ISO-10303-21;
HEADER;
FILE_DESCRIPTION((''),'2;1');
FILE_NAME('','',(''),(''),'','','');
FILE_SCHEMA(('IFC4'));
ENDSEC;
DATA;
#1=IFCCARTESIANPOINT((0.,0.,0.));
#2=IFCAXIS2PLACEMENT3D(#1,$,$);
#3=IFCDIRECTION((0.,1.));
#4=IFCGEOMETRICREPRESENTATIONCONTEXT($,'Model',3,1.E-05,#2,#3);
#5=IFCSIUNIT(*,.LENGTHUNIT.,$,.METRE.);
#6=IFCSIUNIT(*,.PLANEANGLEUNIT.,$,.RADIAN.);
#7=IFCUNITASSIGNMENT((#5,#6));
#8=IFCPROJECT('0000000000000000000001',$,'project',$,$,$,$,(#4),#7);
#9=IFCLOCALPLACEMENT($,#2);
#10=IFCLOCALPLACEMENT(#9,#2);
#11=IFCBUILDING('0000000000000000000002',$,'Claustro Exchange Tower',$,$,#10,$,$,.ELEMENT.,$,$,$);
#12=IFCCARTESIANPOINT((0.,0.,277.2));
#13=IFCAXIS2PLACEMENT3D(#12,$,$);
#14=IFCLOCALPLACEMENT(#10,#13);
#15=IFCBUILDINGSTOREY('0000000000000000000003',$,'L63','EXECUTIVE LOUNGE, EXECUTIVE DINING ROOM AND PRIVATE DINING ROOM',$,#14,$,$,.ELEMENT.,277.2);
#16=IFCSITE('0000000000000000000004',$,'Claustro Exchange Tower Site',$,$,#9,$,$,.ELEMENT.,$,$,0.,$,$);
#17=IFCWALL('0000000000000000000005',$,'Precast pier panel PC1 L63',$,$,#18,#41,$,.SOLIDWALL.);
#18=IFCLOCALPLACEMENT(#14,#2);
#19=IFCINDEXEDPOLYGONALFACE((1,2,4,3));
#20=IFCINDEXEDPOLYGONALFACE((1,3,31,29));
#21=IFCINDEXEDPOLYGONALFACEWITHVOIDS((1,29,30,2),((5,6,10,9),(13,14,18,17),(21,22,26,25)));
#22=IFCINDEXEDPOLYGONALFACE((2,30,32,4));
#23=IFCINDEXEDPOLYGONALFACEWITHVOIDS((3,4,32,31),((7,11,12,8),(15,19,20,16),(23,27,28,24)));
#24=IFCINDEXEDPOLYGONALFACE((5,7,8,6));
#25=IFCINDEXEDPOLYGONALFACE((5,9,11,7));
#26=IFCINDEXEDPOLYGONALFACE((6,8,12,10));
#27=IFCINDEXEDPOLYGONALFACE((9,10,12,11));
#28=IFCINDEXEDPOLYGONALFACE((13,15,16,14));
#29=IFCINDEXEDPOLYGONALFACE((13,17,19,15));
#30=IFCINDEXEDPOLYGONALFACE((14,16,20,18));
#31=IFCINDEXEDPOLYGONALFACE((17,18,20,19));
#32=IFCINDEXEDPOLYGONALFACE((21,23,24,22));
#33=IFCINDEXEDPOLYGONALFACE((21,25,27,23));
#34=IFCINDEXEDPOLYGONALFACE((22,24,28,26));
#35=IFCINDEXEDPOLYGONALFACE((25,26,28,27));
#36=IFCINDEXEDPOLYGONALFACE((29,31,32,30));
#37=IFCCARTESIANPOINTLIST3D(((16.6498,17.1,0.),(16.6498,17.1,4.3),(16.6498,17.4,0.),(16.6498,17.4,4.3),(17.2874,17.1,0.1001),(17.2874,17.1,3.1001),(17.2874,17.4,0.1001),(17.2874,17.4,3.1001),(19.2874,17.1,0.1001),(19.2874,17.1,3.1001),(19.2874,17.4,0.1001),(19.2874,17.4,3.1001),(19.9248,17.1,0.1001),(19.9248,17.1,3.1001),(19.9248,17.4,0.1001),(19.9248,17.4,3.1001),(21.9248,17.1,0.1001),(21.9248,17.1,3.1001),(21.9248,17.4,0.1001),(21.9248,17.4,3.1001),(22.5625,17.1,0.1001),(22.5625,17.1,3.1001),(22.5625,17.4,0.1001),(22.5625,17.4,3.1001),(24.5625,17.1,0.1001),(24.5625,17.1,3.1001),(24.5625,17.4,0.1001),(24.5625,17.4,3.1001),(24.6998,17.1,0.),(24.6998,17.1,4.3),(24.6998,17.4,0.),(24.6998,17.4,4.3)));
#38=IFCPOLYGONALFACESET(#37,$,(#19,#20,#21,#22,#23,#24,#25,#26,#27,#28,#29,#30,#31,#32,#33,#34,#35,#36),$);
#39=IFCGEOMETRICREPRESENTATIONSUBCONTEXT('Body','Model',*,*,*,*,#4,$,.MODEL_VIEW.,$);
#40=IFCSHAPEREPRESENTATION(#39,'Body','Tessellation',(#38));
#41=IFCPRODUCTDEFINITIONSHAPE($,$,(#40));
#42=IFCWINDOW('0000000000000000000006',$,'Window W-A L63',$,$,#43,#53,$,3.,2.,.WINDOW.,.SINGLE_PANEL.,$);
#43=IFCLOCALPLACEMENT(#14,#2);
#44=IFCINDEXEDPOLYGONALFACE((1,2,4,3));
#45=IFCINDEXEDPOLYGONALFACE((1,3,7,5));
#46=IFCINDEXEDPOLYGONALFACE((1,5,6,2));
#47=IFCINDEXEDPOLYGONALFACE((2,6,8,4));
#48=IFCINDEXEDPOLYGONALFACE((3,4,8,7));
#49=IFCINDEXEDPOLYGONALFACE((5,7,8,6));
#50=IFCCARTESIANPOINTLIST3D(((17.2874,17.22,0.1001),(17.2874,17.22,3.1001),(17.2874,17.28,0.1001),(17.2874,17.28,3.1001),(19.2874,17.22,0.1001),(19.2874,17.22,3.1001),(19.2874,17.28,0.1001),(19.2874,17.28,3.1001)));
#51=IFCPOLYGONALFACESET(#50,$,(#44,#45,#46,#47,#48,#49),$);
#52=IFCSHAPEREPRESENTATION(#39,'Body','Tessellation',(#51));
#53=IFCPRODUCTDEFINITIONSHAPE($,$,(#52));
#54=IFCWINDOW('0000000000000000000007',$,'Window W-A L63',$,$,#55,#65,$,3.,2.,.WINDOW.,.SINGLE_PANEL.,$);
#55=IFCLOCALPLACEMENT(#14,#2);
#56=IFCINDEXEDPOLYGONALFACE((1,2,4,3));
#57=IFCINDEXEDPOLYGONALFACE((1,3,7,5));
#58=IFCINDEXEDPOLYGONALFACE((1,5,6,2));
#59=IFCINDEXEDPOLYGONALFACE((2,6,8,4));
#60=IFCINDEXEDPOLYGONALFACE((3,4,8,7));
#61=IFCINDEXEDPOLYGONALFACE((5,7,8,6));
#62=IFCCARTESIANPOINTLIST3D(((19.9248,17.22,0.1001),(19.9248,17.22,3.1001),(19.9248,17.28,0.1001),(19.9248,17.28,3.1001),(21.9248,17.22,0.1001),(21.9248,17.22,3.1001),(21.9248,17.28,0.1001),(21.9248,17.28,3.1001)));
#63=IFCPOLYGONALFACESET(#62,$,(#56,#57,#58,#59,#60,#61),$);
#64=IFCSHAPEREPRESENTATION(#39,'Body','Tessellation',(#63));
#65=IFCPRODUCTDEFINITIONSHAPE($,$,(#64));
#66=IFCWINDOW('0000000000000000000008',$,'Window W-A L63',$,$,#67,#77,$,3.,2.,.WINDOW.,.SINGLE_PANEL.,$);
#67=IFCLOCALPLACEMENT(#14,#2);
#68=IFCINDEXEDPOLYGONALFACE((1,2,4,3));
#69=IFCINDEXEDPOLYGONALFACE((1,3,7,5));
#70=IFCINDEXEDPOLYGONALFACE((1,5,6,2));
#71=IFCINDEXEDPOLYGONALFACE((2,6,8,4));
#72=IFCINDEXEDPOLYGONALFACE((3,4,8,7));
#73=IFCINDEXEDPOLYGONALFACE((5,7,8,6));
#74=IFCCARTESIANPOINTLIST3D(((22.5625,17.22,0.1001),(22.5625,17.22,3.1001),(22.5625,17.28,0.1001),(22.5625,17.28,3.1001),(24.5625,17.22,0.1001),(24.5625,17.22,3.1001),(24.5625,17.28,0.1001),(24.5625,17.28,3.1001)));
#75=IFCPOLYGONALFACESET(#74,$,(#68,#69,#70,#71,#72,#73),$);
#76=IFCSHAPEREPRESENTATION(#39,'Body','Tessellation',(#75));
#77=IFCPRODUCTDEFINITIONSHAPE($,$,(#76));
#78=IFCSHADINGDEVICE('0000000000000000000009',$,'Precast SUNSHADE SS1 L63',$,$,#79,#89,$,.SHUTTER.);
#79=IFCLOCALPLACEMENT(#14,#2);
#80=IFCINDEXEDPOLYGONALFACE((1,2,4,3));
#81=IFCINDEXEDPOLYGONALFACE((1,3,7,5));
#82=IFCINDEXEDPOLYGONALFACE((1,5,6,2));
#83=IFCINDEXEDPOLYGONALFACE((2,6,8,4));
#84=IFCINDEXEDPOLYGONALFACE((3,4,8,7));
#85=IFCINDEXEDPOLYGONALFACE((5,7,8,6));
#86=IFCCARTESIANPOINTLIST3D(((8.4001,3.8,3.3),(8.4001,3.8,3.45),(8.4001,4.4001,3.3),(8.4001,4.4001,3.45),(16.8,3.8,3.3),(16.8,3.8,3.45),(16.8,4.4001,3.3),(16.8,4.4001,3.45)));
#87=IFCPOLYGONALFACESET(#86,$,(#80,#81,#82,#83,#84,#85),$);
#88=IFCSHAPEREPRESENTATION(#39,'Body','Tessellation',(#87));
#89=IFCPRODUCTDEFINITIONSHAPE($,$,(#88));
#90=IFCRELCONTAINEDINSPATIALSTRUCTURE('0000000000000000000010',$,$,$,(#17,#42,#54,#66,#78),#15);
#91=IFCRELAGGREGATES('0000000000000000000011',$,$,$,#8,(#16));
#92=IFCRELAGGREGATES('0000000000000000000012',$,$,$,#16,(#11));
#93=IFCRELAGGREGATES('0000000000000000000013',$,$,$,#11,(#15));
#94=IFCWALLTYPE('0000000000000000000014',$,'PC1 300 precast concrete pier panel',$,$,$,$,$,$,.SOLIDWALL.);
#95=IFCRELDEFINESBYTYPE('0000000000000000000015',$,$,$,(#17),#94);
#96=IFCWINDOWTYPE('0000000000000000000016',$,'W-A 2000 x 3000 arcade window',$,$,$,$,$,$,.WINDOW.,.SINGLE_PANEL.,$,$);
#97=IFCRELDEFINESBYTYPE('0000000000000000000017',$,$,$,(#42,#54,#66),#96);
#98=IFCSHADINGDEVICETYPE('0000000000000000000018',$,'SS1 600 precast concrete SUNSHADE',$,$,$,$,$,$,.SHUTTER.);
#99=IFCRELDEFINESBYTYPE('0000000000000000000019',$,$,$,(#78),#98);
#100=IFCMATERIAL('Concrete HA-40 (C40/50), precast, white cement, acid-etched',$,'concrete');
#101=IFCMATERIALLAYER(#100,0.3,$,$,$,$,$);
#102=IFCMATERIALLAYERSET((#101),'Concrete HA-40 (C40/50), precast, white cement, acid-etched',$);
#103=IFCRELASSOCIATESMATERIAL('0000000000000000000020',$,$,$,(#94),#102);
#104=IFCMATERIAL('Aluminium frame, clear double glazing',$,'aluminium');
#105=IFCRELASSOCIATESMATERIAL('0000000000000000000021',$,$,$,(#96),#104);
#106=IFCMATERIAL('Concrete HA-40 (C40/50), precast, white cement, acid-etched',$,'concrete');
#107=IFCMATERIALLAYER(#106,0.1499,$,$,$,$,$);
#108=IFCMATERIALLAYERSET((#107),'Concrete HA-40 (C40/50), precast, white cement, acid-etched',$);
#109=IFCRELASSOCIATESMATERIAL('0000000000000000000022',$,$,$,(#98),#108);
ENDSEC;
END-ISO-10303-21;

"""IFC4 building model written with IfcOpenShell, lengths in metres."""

from ifc_helpers import new_model, si_unit, direction, frame, frame_2d, origin, origin_2d, place, context, subcontext, project, spatial, rectangle, extrude, material, layer, layer_set, type_object, element, fill, save


model = new_model("IFC4")

# Units and contexts
model_context = context("Model", 3, precision=1e-05, world=origin(), true_north=direction((0.0, 1.0)))
body_context = subcontext(model_context, "Body", "Model", "MODEL_VIEW")
ifc_project = project(units=[si_unit("LENGTHUNIT", "METRE"), si_unit("PLANEANGLEUNIT", "RADIAN")], contexts=[model_context])

# Site, building, storey
site_placement = place(None, origin())
site = spatial("IfcSite", under=ifc_project, at=site_placement, Name="Claustro Exchange Tower Site", CompositionType="ELEMENT", RefElevation=0.0)
building_placement = place(site_placement, origin())
building = spatial("IfcBuilding", under=site, at=building_placement, Name="Claustro Exchange Tower", CompositionType="ELEMENT")
storey_placement = place(building_placement, frame((0.0, 0.0, 277.2)))
storey = spatial("IfcBuildingStorey", under=building, at=storey_placement, Name="L63", Description="EXECUTIVE LOUNGE, EXECUTIVE DINING ROOM AND PRIVATE DINING ROOM", CompositionType="ELEMENT", Elevation=277.2)

# Wall, openings, windows
ifc_material_1 = material(Name="Concrete HA-40 (C40/50), precast, white cement, acid-etched", Category="concrete")
ifc_layer_1 = layer(ifc_material_1, 0.3)
ifc_layer_set_1 = layer_set([ifc_layer_1], Name="Concrete HA-40 (C40/50), precast, white cement, acid-etched")
wall_type_1 = type_object("IfcWallType", Name="PC1 300 precast concrete pier panel", PredefinedType="SOLIDWALL", material=ifc_layer_set_1)
ifc_material_2 = material(Name="Aluminium frame, clear double glazing", Category="aluminium")
window_type_1 = type_object("IfcWindowType", Name="W-A 2000 x 3000 arcade window", PartitioningType="SINGLE_PANEL", PredefinedType="WINDOW", material=ifc_material_2)
wall_1_placement = place(storey_placement, frame((16.6499, 17.25, 0.0), z_axis=(0.0, 0.0, 1.0), x_axis=(1.0, 0.0, 0.0)))
wall_1 = element("IfcWall", 1, at=wall_1_placement, inside=storey, type_object=wall_type_1, Name="Precast pier panel PC1 L63", PredefinedType="SOLIDWALL", context=body_context, shape_type="SweptSolid", body=[
    extrude(rectangle(XDim=8.05, YDim=0.3, at=frame_2d((4.0249, 0.0))), origin(), (0.0, 0.0, 1.0), 4.3),
])
opening_1_placement = place(wall_1_placement, frame((0.6375, 0.0, 0.1001)))
opening_1 = element("IfcOpeningElement", 2, at=opening_1_placement, cuts=wall_1, PredefinedType="OPENING", context=body_context, shape_type="SweptSolid", body=[
    extrude(rectangle(XDim=2.0, YDim=3.0, at=frame_2d((1.0, 1.5))), frame((0.0, 0.1599, 0.0), z_axis=(0.0, -1.0, 0.0), x_axis=(1.0, 0.0, 0.0)), (0.0, 0.0, 1.0), 0.3201),
])
opening_2_placement = place(wall_1_placement, frame((3.2749, 0.0, 0.1001)))
opening_2 = element("IfcOpeningElement", 3, at=opening_2_placement, cuts=wall_1, PredefinedType="OPENING", context=body_context, shape_type="SweptSolid", body=[
    extrude(rectangle(XDim=2.0, YDim=3.0, at=frame_2d((1.0, 1.5))), frame((0.0, 0.1599, 0.0), z_axis=(0.0, -1.0, 0.0), x_axis=(1.0, 0.0, 0.0)), (0.0, 0.0, 1.0), 0.3201),
])
opening_3_placement = place(wall_1_placement, frame((5.9126, 0.0, 0.1001)))
opening_3 = element("IfcOpeningElement", 4, at=opening_3_placement, cuts=wall_1, PredefinedType="OPENING", context=body_context, shape_type="SweptSolid", body=[
    extrude(rectangle(XDim=2.0, YDim=3.0, at=frame_2d((1.0, 1.5))), frame((0.0, 0.1599, 0.0), z_axis=(0.0, -1.0, 0.0), x_axis=(1.0, 0.0, 0.0)), (0.0, 0.0, 1.0), 0.3201),
])
window_1_placement = place(opening_1_placement, origin())
window_1 = element("IfcWindow", 5, at=window_1_placement, inside=storey, type_object=window_type_1, Name="Window W-A L63", OverallHeight=3.0, OverallWidth=2.0, PartitioningType="SINGLE_PANEL", PredefinedType="WINDOW", context=body_context, shape_type="SweptSolid", body=[
    extrude(rectangle(XDim=2.0, YDim=3.0, at=frame_2d((1.0, 1.5))), frame((0.0, 0.03, 0.0), z_axis=(0.0, -1.0, 0.0), x_axis=(1.0, 0.0, 0.0)), (0.0, 0.0, 1.0), 0.0601),
])
fill(opening_1, window_1)
window_2_placement = place(opening_2_placement, origin())
window_2 = element("IfcWindow", 6, at=window_2_placement, inside=storey, type_object=window_type_1, Name="Window W-A L63", OverallHeight=3.0, OverallWidth=2.0, PartitioningType="SINGLE_PANEL", PredefinedType="WINDOW", context=body_context, shape_type="SweptSolid", body=[
    extrude(rectangle(XDim=2.0, YDim=3.0, at=frame_2d((1.0, 1.5))), frame((0.0, 0.03, 0.0), z_axis=(0.0, -1.0, 0.0), x_axis=(1.0, 0.0, 0.0)), (0.0, 0.0, 1.0), 0.0601),
])
fill(opening_2, window_2)
window_3_placement = place(opening_3_placement, origin())
window_3 = element("IfcWindow", 7, at=window_3_placement, inside=storey, type_object=window_type_1, Name="Window W-A L63", OverallHeight=3.0, OverallWidth=2.0, PartitioningType="SINGLE_PANEL", PredefinedType="WINDOW", context=body_context, shape_type="SweptSolid", body=[
    extrude(rectangle(XDim=2.0, YDim=3.0, at=frame_2d((1.0, 1.5))), frame((0.0, 0.03, 0.0), z_axis=(0.0, -1.0, 0.0), x_axis=(1.0, 0.0, 0.0)), (0.0, 0.0, 1.0), 0.0601),
])
fill(opening_3, window_3)

# Shading device
ifc_material_3 = material(Name="Concrete HA-40 (C40/50), precast, white cement, acid-etched", Category="concrete")
ifc_layer_2 = layer(ifc_material_3, 0.1499)
ifc_layer_set_2 = layer_set([ifc_layer_2], Name="Concrete HA-40 (C40/50), precast, white cement, acid-etched")
shading_device_type = type_object("IfcShadingDeviceType", Name="SS1 600 precast concrete SUNSHADE", PredefinedType="SHUTTER", material=ifc_layer_set_2)
shading_device_placement = place(storey_placement, frame((12.6001, 4.1001, 3.3), z_axis=(0.0, 0.0, 1.0), x_axis=(-1.0, 0.0, 0.0)))
element("IfcShadingDevice", 8, at=shading_device_placement, inside=storey, type_object=shading_device_type, Name="Precast SUNSHADE SS1 L63", PredefinedType="SHUTTER", context=body_context, shape_type="SweptSolid", body=[
    extrude(rectangle(XDim=8.3999, YDim=0.6001, at=origin_2d()), origin(), (0.0, 0.0, 1.0), 0.1499),
])

save(model, "model.ifc")
